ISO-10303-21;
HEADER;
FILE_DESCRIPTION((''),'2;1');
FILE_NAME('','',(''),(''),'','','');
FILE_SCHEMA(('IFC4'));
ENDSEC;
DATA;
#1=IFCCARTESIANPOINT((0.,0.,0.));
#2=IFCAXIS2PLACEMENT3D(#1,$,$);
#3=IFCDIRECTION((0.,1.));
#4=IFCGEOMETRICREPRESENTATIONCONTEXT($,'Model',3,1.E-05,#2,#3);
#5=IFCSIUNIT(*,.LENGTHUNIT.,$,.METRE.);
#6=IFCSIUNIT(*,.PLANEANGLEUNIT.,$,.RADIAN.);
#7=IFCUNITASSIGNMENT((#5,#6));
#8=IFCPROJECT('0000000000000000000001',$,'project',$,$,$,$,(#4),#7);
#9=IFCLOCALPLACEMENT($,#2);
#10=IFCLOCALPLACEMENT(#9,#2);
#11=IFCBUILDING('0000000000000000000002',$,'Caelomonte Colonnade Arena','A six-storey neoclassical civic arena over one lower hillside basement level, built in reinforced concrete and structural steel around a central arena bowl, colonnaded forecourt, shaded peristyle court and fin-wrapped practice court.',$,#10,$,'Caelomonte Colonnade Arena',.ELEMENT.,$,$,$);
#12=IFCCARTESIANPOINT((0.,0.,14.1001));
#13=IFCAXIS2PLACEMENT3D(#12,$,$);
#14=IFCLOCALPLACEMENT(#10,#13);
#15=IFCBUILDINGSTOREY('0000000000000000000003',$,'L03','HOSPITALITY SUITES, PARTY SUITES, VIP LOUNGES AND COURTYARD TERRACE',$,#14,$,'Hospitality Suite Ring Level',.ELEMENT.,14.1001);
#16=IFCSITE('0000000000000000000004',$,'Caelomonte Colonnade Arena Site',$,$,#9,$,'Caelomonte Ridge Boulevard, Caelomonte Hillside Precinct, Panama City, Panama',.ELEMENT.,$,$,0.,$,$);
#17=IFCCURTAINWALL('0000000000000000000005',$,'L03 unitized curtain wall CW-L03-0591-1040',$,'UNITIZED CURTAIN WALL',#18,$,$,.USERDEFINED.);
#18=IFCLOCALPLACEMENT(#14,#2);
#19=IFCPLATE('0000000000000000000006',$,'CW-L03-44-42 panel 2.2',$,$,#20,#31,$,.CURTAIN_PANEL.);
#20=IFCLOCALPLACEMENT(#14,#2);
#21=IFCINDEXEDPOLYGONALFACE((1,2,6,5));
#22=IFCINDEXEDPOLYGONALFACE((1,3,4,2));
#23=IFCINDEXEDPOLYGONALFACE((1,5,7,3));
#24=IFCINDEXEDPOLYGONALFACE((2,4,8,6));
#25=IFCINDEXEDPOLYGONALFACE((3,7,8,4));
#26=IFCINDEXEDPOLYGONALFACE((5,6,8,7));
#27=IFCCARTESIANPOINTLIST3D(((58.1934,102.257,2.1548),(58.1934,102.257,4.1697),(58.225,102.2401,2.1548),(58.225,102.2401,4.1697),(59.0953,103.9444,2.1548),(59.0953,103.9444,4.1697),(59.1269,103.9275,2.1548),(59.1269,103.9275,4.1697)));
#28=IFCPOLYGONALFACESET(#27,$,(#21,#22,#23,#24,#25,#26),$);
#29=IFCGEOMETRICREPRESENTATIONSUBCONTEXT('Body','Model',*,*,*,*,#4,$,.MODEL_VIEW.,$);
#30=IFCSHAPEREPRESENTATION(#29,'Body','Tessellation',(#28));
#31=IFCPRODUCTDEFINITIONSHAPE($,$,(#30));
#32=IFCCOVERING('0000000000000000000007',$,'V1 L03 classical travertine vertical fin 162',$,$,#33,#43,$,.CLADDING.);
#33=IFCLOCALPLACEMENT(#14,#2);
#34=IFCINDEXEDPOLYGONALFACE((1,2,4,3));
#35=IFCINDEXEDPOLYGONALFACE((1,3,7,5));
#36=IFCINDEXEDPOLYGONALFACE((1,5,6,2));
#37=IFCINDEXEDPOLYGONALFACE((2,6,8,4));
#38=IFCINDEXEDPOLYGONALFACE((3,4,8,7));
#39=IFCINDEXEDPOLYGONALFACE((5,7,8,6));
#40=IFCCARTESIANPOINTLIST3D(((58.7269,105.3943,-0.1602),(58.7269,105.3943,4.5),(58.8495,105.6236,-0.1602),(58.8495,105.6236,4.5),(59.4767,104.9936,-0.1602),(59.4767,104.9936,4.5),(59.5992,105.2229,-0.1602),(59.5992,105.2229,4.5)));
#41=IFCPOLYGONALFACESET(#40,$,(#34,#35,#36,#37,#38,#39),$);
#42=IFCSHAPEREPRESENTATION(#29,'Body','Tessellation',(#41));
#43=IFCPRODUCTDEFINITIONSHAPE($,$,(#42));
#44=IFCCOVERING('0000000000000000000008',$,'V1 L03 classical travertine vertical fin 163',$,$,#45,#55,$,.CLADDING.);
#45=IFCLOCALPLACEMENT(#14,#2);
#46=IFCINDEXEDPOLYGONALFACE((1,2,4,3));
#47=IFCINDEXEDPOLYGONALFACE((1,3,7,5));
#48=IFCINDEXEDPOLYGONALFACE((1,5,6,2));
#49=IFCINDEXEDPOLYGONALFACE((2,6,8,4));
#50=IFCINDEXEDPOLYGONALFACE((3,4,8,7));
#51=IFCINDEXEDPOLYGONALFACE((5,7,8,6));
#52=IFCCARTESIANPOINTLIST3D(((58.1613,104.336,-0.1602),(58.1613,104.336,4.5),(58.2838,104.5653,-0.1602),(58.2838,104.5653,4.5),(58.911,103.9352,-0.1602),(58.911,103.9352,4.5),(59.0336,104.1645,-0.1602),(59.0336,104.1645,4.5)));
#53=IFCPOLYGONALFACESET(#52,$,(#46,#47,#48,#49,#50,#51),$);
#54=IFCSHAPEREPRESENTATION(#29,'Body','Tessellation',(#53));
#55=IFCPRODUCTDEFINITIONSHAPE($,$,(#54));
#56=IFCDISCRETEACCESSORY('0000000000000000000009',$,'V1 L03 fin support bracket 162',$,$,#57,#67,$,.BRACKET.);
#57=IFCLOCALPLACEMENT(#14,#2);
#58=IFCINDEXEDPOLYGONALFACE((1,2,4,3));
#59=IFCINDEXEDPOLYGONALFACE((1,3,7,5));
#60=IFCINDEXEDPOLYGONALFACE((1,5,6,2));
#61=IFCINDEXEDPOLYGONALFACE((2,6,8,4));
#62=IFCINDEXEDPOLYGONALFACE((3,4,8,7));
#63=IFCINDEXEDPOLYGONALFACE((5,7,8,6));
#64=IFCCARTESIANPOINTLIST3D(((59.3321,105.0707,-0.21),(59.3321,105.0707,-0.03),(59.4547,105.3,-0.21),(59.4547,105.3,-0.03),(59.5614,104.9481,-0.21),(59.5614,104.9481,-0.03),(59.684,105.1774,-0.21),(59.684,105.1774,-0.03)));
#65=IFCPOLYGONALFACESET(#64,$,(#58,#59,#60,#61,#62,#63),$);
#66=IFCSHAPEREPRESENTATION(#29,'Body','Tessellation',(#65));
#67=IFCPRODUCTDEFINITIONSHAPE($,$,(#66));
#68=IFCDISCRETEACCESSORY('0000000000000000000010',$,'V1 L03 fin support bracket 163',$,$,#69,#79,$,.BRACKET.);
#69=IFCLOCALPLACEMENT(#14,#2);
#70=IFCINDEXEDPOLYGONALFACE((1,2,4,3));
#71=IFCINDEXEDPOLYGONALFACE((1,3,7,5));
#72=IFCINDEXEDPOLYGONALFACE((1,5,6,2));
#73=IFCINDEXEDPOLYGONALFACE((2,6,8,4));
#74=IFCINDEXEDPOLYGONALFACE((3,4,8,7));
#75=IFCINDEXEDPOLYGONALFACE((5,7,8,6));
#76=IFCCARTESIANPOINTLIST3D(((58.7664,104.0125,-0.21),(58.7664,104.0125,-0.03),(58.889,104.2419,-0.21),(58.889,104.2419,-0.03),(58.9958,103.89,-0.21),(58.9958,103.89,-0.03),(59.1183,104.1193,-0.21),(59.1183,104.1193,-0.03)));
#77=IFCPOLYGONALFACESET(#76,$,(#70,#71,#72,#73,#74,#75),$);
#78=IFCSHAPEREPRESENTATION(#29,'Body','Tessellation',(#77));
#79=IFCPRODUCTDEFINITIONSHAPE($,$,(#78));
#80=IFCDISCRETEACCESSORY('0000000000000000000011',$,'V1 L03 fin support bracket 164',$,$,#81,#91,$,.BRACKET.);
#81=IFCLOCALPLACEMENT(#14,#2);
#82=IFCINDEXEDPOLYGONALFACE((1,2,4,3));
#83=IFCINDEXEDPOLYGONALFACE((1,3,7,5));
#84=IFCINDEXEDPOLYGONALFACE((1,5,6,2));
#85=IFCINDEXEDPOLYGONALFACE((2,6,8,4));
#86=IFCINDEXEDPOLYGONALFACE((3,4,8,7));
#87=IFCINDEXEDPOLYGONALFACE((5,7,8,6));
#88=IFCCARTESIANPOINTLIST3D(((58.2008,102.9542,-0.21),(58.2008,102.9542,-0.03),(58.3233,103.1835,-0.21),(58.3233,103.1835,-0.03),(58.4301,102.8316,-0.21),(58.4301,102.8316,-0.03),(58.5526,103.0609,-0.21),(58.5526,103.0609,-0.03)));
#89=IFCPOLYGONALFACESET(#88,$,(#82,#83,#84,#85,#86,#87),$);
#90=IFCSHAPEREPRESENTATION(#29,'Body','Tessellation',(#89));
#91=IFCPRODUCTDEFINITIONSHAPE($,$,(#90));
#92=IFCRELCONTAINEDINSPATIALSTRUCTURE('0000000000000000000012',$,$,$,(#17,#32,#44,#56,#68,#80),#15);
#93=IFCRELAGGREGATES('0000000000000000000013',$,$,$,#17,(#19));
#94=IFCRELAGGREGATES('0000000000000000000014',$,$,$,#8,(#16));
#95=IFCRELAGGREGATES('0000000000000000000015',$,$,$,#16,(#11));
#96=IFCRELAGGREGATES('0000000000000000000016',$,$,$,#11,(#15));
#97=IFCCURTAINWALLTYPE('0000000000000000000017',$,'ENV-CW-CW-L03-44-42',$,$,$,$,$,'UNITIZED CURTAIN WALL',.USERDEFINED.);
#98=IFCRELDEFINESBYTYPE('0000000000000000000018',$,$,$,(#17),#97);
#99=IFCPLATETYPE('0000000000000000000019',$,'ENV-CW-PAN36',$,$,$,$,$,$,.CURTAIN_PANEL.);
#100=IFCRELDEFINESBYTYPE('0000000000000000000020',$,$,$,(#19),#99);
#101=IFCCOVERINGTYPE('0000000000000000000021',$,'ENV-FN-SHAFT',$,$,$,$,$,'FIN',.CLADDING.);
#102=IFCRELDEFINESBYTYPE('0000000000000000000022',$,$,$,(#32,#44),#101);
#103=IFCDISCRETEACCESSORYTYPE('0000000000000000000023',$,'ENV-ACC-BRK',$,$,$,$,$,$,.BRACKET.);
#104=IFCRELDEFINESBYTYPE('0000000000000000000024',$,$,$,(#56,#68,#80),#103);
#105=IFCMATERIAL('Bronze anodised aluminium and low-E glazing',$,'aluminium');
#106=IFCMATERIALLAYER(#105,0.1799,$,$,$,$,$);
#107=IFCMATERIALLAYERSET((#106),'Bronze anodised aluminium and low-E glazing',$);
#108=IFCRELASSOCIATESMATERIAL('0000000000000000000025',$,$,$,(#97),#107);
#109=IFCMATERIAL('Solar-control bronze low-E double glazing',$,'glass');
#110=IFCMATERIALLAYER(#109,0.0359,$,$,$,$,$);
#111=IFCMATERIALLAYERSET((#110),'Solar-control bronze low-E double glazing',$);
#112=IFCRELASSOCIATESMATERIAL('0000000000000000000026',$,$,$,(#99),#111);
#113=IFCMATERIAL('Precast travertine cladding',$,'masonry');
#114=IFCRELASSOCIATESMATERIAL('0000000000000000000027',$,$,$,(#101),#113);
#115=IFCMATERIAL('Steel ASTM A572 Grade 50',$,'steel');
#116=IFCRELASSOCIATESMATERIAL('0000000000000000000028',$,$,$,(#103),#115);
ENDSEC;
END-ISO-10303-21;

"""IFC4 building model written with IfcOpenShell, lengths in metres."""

from ifc_helpers import new_model, si_unit, direction, frame, origin, origin_2d, place, context, subcontext, project, spatial, rectangle, extrude, material, layer, layer_set, material_profile, profile_set, type_object, element, aggregate, save


model = new_model("IFC4")

# Units and contexts
model_context = context("Model", 3, precision=1e-05, world=origin(), true_north=direction((0.0, 1.0)))
body_context = subcontext(model_context, "Body", "Model", "MODEL_VIEW")
ifc_project = project(units=[si_unit("LENGTHUNIT", "METRE"), si_unit("PLANEANGLEUNIT", "RADIAN")], contexts=[model_context])

# Site, building, storey
site_placement = place(None, origin())
site = spatial("IfcSite", under=ifc_project, at=site_placement, Name="Caelomonte Colonnade Arena Site", LongName="Caelomonte Ridge Boulevard, Caelomonte Hillside Precinct, Panama City, Panama", CompositionType="ELEMENT", RefElevation=0.0)
building_placement = place(site_placement, origin())
building = spatial("IfcBuilding", under=site, at=building_placement, Name="Caelomonte Colonnade Arena", Description="A six-storey neoclassical civic arena over one lower hillside basement level, built in reinforced concrete and structural steel around a central arena bowl, colonnaded forecourt, shaded peristyle court and fin-wrapped practice court.", LongName="Caelomonte Colonnade Arena", CompositionType="ELEMENT")
storey_placement = place(building_placement, frame((0.0, 0.0, 14.1001)))
storey = spatial("IfcBuildingStorey", under=building, at=storey_placement, Name="L03", Description="HOSPITALITY SUITES, PARTY SUITES, VIP LOUNGES AND COURTYARD TERRACE", LongName="Hospitality Suite Ring Level", CompositionType="ELEMENT", Elevation=14.1001)

# Curtain wall
ifc_material_1 = material(Name="Bronze anodised aluminium and low-E glazing", Category="aluminium")
ifc_layer_1 = layer(ifc_material_1, 0.1799)
ifc_layer_set_1 = layer_set([ifc_layer_1], Name="Bronze anodised aluminium and low-E glazing")
curtain_wall_type = type_object("IfcCurtainWallType", Name="ENV-CW-CW-L03-44-42", ElementType="UNITIZED CURTAIN WALL", PredefinedType="USERDEFINED", material=ifc_layer_set_1)
curtain_wall_1_placement = place(storey_placement, origin())
curtain_wall_1 = element("IfcCurtainWall", 1, at=curtain_wall_1_placement, inside=storey, type_object=curtain_wall_type, Name="L03 unitized curtain wall CW-L03-0591-1040", ObjectType="UNITIZED CURTAIN WALL", PredefinedType="USERDEFINED")

# Plate
ifc_material_2 = material(Name="Solar-control bronze low-E double glazing", Category="glass")
ifc_layer_2 = layer(ifc_material_2, 0.0359)
ifc_layer_set_2 = layer_set([ifc_layer_2], Name="Solar-control bronze low-E double glazing")
plate_type = type_object("IfcPlateType", Name="ENV-CW-PAN36", PredefinedType="CURTAIN_PANEL", material=ifc_layer_set_2)
plate_1_placement = place(storey_placement, frame((58.6602, 103.0923, 2.1548), z_axis=(0.0, 0.0, 1.0), x_axis=(-0.471394, -0.881923, 0.0)))
plate_1 = element("IfcPlate", 2, at=plate_1_placement, type_object=plate_type, Name="CW-L03-44-42 panel 2.2", PredefinedType="CURTAIN_PANEL", context=body_context, shape_type="SweptSolid", body=[
    extrude(rectangle(XDim=1.9133, YDim=0.0359, at=origin_2d()), origin(), (0.0, 0.0, 1.0), 2.0149),
])
aggregate(curtain_wall_1, [plate_1])

# Coverings
ifc_material_3 = material(Name="Precast travertine cladding", Category="masonry")
ifc_material_profile_1 = material_profile(ifc_material_3, rectangle(XDim=0.26, YDim=0.8501, at=origin_2d()), Name="FIN260X850")
ifc_profile_set_1 = profile_set([ifc_material_profile_1], Name="Precast travertine cladding")
covering_type = type_object("IfcCoveringType", Name="ENV-FN-SHAFT", ElementType="FIN", PredefinedType="CLADDING", material=ifc_profile_set_1)
for number, where, z_axis, x_axis, name in (
    (3, (59.1631, 105.3086, -0.1602), (0.0, 0.0, 1.0), (0.471397, 0.881921, 0.0), "V1 L03 classical travertine vertical fin 162"),
    (4, (58.5974, 104.2502, -0.1602), (0.0, 0.0, 1.0), (0.471397, 0.881921, 0.0), "V1 L03 classical travertine vertical fin 163"),
):
    element("IfcCovering", number, at=place(storey_placement, frame(where, z_axis=z_axis, x_axis=x_axis)), inside=storey, type_object=covering_type, Name=name, PredefinedType="CLADDING", context=body_context, shape_type="SweptSolid", body=[
        extrude(rectangle(XDim=0.26, YDim=0.8501, at=origin_2d()), origin(), (0.0, 0.0, 1.0), 4.6602),
    ])

# Discrete accessories
ifc_material_4 = material(Name="Steel ASTM A572 Grade 50", Category="steel")
discrete_accessory_type = type_object("IfcDiscreteAccessoryType", Name="ENV-ACC-BRK", PredefinedType="BRACKET", material=ifc_material_4)
for number, where, z_axis, x_axis, name in (
    (5, (59.5081, 105.124, -0.21), (0.0, 0.0, 1.0), (-0.471397, -0.881921, 0.0), "V1 L03 fin support bracket 162"),
    (6, (58.9424, 104.0659, -0.21), (0.0, 0.0, 1.0), (-0.471397, -0.881921, 0.0), "V1 L03 fin support bracket 163"),
    (7, (58.3767, 103.0076, -0.21), (0.0, 0.0, 1.0), (-0.471397, -0.881921, 0.0), "V1 L03 fin support bracket 164"),
):
    element("IfcDiscreteAccessory", number, at=place(storey_placement, frame(where, z_axis=z_axis, x_axis=x_axis)), inside=storey, type_object=discrete_accessory_type, Name=name, PredefinedType="BRACKET", context=body_context, shape_type="SweptSolid", body=[
        extrude(rectangle(XDim=0.26, YDim=0.26, at=origin_2d()), origin(), (0.0, 0.0, 1.0), 0.1799),
    ])

save(model, "model.ifc")
